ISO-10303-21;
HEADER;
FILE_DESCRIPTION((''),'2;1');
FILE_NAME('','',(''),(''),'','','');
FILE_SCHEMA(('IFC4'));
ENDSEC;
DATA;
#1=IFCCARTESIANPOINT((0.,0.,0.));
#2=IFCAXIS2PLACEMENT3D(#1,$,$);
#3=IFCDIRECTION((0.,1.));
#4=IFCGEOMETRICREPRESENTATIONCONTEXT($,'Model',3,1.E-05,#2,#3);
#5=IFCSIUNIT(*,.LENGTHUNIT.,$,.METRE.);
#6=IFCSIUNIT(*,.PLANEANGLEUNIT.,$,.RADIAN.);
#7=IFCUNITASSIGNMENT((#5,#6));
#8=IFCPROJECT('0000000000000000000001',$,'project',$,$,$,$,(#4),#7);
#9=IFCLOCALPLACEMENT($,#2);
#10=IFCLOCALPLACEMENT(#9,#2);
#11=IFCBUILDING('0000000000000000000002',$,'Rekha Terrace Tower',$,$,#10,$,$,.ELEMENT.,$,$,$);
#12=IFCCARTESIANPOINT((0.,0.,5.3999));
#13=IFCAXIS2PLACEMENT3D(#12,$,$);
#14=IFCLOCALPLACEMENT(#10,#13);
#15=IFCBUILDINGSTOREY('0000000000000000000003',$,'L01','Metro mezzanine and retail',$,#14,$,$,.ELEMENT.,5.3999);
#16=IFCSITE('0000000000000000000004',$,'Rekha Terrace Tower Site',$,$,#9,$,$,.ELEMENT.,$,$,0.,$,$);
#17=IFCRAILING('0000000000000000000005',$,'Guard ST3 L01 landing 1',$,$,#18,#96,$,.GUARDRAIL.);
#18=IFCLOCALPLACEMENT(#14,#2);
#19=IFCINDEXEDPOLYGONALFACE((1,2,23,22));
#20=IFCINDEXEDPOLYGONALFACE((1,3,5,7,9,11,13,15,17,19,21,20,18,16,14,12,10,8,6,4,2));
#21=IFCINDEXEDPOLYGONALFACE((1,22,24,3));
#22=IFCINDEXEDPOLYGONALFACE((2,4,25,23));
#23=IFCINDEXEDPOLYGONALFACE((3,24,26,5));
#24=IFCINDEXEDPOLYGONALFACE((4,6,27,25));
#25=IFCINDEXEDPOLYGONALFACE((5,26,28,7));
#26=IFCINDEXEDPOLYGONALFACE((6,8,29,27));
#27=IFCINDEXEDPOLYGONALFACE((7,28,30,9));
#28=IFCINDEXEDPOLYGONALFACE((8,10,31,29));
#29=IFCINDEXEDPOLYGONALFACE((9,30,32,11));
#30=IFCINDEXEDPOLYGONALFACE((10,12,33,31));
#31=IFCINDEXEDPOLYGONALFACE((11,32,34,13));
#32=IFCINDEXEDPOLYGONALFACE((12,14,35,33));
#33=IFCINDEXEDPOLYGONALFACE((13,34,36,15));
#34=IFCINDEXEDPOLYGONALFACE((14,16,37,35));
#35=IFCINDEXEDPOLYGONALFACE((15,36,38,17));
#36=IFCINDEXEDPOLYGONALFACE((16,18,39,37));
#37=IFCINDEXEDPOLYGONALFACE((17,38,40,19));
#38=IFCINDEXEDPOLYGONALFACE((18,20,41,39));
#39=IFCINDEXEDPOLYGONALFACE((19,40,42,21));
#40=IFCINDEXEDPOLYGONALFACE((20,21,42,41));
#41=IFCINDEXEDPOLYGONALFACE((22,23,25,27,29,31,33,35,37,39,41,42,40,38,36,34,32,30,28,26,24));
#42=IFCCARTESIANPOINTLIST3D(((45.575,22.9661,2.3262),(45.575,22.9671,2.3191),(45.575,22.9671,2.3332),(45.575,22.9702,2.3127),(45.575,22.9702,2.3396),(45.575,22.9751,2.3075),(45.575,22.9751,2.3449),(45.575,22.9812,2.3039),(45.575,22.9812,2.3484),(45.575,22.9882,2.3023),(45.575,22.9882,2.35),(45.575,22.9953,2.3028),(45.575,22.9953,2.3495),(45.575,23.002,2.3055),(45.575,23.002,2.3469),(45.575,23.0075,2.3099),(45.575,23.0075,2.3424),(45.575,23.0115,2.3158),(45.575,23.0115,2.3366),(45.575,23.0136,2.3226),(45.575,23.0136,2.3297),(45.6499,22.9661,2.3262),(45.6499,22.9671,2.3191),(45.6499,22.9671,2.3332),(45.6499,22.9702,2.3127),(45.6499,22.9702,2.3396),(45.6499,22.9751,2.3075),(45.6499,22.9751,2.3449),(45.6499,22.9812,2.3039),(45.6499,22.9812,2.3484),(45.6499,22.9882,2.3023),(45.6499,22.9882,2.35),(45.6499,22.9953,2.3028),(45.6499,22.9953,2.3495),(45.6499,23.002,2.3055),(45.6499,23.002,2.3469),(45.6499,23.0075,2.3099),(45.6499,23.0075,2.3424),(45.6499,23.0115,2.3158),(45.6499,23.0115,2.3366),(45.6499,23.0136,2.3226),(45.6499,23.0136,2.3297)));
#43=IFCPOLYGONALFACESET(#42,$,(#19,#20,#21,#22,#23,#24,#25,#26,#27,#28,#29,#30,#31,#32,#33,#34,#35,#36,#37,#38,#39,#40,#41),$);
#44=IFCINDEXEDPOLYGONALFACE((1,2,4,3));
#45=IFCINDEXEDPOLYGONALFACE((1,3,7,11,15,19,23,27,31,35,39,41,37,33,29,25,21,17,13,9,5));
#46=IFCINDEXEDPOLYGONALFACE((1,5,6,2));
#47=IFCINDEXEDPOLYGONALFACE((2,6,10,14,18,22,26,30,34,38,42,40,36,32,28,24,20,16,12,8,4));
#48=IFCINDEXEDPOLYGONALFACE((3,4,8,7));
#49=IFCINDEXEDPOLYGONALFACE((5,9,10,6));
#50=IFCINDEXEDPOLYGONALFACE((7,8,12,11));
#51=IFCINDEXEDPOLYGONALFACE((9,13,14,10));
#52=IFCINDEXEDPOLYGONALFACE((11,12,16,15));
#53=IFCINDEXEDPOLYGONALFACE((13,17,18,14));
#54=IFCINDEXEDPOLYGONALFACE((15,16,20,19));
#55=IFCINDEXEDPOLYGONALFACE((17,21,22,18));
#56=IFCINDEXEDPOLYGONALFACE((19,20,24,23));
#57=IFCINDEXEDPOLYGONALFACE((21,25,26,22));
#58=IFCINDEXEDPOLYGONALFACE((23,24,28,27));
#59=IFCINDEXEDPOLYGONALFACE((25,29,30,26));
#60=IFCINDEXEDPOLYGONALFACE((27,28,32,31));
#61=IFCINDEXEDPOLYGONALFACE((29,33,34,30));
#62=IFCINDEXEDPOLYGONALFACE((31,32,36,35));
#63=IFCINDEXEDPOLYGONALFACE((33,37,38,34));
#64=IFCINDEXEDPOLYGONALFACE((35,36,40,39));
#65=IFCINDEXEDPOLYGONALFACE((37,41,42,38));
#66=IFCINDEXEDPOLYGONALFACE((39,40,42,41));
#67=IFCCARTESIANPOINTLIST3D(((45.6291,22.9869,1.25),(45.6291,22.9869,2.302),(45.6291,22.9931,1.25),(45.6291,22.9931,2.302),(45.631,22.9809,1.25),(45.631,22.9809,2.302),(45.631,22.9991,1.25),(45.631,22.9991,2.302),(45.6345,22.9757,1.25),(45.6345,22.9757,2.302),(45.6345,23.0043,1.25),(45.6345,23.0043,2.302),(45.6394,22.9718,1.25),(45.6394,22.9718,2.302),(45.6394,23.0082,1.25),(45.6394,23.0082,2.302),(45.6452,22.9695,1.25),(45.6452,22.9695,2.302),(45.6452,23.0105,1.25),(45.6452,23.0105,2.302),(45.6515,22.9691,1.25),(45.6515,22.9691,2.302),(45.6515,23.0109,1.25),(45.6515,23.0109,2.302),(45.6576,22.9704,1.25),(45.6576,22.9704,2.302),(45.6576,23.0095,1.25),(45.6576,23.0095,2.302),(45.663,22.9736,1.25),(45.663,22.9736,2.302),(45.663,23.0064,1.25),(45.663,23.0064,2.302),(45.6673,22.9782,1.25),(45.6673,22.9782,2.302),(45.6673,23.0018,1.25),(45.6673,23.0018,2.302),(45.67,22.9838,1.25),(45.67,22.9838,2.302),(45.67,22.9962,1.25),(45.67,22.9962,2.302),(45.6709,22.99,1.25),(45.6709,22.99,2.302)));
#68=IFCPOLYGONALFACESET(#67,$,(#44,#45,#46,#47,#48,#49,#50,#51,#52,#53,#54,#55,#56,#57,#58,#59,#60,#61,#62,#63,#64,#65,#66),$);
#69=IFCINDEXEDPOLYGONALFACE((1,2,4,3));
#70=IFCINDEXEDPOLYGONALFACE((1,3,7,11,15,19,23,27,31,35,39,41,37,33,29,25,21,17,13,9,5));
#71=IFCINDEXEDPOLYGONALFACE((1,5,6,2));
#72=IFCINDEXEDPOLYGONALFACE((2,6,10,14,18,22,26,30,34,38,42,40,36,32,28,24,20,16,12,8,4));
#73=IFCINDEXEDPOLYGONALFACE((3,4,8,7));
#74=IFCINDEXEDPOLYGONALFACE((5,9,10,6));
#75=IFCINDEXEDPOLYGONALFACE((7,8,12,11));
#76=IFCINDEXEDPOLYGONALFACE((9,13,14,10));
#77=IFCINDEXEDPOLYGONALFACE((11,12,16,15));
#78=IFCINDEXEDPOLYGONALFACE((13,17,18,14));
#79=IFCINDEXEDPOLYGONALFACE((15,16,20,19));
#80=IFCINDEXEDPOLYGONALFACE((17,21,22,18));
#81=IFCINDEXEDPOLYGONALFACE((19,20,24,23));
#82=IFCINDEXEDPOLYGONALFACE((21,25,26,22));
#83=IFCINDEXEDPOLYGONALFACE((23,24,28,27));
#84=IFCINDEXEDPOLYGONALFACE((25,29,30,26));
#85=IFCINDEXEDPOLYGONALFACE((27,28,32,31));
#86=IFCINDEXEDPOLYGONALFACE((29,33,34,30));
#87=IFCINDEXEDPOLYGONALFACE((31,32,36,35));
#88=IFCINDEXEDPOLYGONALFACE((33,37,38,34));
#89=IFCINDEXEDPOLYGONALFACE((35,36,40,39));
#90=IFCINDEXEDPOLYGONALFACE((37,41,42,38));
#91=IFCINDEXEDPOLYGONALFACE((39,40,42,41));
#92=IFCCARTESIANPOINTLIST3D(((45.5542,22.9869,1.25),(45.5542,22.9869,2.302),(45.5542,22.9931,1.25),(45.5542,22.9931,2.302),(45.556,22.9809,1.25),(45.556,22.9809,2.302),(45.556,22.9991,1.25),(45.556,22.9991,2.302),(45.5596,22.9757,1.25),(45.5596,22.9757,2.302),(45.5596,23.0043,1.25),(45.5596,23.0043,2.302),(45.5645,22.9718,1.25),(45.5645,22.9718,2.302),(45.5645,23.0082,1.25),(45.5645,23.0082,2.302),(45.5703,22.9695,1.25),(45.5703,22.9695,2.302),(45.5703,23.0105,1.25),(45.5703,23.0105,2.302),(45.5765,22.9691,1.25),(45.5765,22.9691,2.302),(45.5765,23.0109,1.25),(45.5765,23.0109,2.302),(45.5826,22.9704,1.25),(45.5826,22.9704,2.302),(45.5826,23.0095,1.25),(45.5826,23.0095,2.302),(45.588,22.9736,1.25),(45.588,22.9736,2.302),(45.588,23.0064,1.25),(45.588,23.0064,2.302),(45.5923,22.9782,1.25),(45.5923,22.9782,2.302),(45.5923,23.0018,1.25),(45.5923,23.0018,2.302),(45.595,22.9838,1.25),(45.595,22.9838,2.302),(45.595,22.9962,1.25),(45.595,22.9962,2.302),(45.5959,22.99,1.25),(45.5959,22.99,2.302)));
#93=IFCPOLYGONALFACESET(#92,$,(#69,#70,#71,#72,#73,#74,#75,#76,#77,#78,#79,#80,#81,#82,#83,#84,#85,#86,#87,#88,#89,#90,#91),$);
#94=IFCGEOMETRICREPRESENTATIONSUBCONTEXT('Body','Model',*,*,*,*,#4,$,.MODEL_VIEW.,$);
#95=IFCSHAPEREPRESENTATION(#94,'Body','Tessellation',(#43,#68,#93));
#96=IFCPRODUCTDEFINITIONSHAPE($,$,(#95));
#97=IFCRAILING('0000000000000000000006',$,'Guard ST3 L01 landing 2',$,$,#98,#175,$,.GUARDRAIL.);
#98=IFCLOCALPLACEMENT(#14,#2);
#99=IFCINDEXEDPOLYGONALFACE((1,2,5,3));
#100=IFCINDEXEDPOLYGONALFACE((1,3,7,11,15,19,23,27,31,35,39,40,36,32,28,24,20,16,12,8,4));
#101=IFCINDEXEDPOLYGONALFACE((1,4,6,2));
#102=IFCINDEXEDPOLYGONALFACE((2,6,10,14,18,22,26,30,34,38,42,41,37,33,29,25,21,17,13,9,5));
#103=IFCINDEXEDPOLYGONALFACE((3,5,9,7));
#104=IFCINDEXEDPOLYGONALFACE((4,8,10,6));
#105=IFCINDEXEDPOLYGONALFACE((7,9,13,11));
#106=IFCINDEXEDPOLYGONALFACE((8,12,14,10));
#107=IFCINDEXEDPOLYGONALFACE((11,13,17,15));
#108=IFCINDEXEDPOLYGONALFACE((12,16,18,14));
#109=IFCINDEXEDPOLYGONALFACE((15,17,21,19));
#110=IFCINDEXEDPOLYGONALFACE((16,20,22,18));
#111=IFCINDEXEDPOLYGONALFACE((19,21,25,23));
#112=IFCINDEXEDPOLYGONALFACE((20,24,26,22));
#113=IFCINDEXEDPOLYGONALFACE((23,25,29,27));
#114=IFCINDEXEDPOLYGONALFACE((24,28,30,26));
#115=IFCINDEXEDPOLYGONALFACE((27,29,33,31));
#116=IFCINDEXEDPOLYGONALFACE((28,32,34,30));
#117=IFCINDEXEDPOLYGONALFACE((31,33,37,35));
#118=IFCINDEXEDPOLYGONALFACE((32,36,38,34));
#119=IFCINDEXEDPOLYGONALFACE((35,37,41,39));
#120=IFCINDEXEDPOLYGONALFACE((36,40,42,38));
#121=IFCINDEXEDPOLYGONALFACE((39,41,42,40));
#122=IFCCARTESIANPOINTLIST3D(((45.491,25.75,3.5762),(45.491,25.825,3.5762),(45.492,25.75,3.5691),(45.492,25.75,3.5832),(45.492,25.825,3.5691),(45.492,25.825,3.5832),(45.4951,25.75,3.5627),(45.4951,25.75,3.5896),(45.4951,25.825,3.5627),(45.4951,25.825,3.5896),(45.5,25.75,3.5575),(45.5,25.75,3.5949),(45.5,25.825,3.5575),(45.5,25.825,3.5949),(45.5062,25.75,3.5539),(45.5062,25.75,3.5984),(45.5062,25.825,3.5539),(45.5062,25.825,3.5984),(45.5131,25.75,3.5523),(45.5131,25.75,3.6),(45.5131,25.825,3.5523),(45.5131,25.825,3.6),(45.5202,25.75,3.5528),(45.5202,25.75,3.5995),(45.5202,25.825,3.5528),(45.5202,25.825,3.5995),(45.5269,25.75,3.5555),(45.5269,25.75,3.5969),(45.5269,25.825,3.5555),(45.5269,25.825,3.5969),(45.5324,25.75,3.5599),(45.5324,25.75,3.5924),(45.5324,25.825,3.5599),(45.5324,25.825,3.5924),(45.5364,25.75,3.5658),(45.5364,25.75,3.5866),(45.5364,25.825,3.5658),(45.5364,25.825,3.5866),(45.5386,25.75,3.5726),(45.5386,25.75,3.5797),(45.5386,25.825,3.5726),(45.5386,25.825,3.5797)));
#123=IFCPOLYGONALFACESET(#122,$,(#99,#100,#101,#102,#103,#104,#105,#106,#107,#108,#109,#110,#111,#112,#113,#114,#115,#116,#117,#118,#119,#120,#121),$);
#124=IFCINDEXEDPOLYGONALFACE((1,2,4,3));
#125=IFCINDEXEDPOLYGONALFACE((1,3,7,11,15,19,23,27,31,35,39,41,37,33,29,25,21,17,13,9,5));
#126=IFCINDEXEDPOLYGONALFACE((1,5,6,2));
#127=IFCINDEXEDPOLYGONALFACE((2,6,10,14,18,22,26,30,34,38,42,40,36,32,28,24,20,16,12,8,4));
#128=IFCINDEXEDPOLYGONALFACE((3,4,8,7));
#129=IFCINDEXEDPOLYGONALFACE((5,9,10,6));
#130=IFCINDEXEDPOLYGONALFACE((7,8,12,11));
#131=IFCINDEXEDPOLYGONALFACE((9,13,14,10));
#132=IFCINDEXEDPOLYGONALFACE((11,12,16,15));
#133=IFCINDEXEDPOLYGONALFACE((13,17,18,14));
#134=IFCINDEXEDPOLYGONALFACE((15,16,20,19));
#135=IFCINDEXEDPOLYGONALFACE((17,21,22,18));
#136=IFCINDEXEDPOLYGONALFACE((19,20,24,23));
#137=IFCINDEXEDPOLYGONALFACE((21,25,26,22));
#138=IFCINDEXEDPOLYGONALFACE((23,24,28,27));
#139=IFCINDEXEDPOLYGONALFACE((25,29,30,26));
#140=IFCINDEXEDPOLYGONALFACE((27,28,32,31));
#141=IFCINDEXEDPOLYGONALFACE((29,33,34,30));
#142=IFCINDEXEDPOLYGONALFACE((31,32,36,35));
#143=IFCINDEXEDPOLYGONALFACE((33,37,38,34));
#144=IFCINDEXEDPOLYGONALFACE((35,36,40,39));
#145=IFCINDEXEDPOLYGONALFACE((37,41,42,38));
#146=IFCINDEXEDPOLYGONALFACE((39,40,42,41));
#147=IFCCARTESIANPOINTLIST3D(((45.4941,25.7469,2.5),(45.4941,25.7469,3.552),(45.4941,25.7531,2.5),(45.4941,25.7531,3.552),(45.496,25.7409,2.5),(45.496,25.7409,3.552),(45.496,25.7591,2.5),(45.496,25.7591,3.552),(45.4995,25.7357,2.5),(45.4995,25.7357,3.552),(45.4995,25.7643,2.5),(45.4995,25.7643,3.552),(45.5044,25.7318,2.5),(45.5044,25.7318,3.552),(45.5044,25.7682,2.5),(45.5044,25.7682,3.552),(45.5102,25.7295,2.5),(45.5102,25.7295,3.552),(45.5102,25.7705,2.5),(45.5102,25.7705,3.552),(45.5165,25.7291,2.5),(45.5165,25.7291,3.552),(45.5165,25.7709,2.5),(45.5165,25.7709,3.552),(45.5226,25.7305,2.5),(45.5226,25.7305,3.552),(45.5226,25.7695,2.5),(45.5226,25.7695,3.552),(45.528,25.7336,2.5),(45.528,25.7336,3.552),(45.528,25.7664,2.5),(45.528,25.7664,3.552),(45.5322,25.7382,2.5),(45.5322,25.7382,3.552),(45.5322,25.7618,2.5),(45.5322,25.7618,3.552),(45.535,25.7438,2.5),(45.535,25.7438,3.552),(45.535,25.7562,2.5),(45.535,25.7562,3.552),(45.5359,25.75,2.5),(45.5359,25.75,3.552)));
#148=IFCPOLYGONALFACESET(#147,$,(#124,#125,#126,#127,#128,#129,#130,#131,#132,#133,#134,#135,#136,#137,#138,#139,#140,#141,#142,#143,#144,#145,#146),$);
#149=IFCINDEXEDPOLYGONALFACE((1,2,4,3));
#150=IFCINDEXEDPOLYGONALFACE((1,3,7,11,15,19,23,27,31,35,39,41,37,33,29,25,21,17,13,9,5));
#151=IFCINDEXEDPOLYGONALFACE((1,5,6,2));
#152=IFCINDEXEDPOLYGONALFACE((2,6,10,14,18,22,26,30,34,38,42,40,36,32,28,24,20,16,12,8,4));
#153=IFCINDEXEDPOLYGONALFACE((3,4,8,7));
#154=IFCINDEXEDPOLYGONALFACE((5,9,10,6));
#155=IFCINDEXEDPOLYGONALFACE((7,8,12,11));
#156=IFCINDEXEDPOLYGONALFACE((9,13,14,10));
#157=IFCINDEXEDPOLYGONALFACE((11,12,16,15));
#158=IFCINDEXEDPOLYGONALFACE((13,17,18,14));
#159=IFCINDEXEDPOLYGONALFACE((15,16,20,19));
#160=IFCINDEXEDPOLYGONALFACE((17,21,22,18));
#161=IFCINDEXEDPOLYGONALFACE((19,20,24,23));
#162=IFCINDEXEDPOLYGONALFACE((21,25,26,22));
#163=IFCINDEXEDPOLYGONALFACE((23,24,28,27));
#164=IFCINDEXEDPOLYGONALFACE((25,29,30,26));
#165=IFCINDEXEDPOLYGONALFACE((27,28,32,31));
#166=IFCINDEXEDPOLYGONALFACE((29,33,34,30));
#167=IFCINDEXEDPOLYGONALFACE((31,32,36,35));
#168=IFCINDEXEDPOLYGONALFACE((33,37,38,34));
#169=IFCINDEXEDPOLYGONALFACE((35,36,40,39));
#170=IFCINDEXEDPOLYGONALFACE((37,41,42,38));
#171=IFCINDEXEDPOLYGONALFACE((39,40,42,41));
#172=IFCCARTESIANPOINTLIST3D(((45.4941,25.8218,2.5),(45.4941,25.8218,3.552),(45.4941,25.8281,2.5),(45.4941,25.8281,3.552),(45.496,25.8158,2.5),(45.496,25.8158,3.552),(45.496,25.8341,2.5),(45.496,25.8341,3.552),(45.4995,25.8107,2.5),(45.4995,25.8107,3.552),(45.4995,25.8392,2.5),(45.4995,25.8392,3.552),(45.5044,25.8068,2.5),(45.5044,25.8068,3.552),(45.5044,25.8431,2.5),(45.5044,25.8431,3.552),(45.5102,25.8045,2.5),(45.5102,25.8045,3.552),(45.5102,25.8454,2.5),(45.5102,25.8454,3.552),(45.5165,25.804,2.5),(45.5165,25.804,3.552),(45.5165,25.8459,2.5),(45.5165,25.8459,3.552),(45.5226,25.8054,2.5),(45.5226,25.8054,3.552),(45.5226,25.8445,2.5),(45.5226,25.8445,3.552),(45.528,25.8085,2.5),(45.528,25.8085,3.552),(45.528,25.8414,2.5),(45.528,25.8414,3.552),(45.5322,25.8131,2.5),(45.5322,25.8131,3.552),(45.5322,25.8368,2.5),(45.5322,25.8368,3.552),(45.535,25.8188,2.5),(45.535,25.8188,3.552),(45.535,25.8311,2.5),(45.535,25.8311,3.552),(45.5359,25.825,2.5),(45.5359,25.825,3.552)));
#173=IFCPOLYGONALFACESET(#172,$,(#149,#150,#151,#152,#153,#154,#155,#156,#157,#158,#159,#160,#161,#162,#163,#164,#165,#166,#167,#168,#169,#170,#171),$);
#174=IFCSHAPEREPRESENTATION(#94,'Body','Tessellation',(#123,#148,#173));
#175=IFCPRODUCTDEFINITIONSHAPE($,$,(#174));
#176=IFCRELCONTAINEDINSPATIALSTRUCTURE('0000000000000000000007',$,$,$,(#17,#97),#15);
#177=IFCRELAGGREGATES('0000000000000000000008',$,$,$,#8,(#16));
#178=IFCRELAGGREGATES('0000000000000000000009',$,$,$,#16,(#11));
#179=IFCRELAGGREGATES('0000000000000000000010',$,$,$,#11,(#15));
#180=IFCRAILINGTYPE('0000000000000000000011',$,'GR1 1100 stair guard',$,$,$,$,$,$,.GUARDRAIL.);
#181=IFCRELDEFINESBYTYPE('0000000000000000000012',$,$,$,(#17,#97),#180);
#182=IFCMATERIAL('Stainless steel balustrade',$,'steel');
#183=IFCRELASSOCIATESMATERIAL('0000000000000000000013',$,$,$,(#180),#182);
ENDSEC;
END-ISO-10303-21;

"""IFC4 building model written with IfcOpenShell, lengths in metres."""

from ifc_helpers import new_model, si_unit, direction, frame, origin, origin_2d, place, context, subcontext, project, spatial, circle, extrude, material, type_object, element, save


model = new_model("IFC4")

# Units and contexts
model_context = context("Model", 3, precision=1e-05, world=origin(), true_north=direction((0.0, 1.0)))
body_context = subcontext(model_context, "Body", "Model", "MODEL_VIEW")
ifc_project = project(units=[si_unit("LENGTHUNIT", "METRE"), si_unit("PLANEANGLEUNIT", "RADIAN")], contexts=[model_context])

# Site, building, storey
site_placement = place(None, origin())
site = spatial("IfcSite", under=ifc_project, at=site_placement, Name="Rekha Terrace Tower Site", CompositionType="ELEMENT", RefElevation=0.0)
building_placement = place(site_placement, origin())
building = spatial("IfcBuilding", under=site, at=building_placement, Name="Rekha Terrace Tower", CompositionType="ELEMENT")
storey_placement = place(building_placement, frame((0.0, 0.0, 5.3999)))
storey = spatial("IfcBuildingStorey", under=building, at=storey_placement, Name="L01", Description="Metro mezzanine and retail", CompositionType="ELEMENT", Elevation=5.3999)

# Railings
ifc_material_1 = material(Name="Stainless steel balustrade", Category="steel")
railing_type_1 = type_object("IfcRailingType", Name="GR1 1100 stair guard", PredefinedType="GUARDRAIL", material=ifc_material_1)
railing_1_placement = place(storey_placement, frame((45.6499, 22.99, 1.25)))
element("IfcRailing", 1, at=railing_1_placement, inside=storey, type_object=railing_type_1, Name="Guard ST3 L01 landing 1", PredefinedType="GUARDRAIL", context=body_context, shape_type="SweptSolid", body=[
    extrude(circle(Radius=0.0239, at=origin_2d()), frame((0.0, 0.0, 1.0762), z_axis=(-1.0, 0.0, 0.0), x_axis=(0.0, -1.0, 0.0)), (0.0, 0.0, 1.0), 0.075),
    extrude(circle(Radius=0.021, at=origin_2d()), origin(), (0.0, 0.0, 1.0), 1.052),
    extrude(circle(Radius=0.021, at=origin_2d()), frame((-0.075, 0.0, 0.0)), (0.0, 0.0, 1.0), 1.052),
])
railing_2_placement = place(storey_placement, frame((45.5149, 25.75, 2.5)))
element("IfcRailing", 2, at=railing_2_placement, inside=storey, type_object=railing_type_1, Name="Guard ST3 L01 landing 2", PredefinedType="GUARDRAIL", context=body_context, shape_type="SweptSolid", body=[
    extrude(circle(Radius=0.0239, at=origin_2d()), frame((0.0, 0.0, 1.0762), z_axis=(0.0, 1.0, 0.0), x_axis=(-1.0, 0.0, 0.0)), (0.0, 0.0, 1.0), 0.075),
    extrude(circle(Radius=0.021, at=origin_2d()), origin(), (0.0, 0.0, 1.0), 1.052),
    extrude(circle(Radius=0.021, at=origin_2d()), frame((0.0, 0.075, 0.0)), (0.0, 0.0, 1.0), 1.052),
])

save(model, "model.ifc")
